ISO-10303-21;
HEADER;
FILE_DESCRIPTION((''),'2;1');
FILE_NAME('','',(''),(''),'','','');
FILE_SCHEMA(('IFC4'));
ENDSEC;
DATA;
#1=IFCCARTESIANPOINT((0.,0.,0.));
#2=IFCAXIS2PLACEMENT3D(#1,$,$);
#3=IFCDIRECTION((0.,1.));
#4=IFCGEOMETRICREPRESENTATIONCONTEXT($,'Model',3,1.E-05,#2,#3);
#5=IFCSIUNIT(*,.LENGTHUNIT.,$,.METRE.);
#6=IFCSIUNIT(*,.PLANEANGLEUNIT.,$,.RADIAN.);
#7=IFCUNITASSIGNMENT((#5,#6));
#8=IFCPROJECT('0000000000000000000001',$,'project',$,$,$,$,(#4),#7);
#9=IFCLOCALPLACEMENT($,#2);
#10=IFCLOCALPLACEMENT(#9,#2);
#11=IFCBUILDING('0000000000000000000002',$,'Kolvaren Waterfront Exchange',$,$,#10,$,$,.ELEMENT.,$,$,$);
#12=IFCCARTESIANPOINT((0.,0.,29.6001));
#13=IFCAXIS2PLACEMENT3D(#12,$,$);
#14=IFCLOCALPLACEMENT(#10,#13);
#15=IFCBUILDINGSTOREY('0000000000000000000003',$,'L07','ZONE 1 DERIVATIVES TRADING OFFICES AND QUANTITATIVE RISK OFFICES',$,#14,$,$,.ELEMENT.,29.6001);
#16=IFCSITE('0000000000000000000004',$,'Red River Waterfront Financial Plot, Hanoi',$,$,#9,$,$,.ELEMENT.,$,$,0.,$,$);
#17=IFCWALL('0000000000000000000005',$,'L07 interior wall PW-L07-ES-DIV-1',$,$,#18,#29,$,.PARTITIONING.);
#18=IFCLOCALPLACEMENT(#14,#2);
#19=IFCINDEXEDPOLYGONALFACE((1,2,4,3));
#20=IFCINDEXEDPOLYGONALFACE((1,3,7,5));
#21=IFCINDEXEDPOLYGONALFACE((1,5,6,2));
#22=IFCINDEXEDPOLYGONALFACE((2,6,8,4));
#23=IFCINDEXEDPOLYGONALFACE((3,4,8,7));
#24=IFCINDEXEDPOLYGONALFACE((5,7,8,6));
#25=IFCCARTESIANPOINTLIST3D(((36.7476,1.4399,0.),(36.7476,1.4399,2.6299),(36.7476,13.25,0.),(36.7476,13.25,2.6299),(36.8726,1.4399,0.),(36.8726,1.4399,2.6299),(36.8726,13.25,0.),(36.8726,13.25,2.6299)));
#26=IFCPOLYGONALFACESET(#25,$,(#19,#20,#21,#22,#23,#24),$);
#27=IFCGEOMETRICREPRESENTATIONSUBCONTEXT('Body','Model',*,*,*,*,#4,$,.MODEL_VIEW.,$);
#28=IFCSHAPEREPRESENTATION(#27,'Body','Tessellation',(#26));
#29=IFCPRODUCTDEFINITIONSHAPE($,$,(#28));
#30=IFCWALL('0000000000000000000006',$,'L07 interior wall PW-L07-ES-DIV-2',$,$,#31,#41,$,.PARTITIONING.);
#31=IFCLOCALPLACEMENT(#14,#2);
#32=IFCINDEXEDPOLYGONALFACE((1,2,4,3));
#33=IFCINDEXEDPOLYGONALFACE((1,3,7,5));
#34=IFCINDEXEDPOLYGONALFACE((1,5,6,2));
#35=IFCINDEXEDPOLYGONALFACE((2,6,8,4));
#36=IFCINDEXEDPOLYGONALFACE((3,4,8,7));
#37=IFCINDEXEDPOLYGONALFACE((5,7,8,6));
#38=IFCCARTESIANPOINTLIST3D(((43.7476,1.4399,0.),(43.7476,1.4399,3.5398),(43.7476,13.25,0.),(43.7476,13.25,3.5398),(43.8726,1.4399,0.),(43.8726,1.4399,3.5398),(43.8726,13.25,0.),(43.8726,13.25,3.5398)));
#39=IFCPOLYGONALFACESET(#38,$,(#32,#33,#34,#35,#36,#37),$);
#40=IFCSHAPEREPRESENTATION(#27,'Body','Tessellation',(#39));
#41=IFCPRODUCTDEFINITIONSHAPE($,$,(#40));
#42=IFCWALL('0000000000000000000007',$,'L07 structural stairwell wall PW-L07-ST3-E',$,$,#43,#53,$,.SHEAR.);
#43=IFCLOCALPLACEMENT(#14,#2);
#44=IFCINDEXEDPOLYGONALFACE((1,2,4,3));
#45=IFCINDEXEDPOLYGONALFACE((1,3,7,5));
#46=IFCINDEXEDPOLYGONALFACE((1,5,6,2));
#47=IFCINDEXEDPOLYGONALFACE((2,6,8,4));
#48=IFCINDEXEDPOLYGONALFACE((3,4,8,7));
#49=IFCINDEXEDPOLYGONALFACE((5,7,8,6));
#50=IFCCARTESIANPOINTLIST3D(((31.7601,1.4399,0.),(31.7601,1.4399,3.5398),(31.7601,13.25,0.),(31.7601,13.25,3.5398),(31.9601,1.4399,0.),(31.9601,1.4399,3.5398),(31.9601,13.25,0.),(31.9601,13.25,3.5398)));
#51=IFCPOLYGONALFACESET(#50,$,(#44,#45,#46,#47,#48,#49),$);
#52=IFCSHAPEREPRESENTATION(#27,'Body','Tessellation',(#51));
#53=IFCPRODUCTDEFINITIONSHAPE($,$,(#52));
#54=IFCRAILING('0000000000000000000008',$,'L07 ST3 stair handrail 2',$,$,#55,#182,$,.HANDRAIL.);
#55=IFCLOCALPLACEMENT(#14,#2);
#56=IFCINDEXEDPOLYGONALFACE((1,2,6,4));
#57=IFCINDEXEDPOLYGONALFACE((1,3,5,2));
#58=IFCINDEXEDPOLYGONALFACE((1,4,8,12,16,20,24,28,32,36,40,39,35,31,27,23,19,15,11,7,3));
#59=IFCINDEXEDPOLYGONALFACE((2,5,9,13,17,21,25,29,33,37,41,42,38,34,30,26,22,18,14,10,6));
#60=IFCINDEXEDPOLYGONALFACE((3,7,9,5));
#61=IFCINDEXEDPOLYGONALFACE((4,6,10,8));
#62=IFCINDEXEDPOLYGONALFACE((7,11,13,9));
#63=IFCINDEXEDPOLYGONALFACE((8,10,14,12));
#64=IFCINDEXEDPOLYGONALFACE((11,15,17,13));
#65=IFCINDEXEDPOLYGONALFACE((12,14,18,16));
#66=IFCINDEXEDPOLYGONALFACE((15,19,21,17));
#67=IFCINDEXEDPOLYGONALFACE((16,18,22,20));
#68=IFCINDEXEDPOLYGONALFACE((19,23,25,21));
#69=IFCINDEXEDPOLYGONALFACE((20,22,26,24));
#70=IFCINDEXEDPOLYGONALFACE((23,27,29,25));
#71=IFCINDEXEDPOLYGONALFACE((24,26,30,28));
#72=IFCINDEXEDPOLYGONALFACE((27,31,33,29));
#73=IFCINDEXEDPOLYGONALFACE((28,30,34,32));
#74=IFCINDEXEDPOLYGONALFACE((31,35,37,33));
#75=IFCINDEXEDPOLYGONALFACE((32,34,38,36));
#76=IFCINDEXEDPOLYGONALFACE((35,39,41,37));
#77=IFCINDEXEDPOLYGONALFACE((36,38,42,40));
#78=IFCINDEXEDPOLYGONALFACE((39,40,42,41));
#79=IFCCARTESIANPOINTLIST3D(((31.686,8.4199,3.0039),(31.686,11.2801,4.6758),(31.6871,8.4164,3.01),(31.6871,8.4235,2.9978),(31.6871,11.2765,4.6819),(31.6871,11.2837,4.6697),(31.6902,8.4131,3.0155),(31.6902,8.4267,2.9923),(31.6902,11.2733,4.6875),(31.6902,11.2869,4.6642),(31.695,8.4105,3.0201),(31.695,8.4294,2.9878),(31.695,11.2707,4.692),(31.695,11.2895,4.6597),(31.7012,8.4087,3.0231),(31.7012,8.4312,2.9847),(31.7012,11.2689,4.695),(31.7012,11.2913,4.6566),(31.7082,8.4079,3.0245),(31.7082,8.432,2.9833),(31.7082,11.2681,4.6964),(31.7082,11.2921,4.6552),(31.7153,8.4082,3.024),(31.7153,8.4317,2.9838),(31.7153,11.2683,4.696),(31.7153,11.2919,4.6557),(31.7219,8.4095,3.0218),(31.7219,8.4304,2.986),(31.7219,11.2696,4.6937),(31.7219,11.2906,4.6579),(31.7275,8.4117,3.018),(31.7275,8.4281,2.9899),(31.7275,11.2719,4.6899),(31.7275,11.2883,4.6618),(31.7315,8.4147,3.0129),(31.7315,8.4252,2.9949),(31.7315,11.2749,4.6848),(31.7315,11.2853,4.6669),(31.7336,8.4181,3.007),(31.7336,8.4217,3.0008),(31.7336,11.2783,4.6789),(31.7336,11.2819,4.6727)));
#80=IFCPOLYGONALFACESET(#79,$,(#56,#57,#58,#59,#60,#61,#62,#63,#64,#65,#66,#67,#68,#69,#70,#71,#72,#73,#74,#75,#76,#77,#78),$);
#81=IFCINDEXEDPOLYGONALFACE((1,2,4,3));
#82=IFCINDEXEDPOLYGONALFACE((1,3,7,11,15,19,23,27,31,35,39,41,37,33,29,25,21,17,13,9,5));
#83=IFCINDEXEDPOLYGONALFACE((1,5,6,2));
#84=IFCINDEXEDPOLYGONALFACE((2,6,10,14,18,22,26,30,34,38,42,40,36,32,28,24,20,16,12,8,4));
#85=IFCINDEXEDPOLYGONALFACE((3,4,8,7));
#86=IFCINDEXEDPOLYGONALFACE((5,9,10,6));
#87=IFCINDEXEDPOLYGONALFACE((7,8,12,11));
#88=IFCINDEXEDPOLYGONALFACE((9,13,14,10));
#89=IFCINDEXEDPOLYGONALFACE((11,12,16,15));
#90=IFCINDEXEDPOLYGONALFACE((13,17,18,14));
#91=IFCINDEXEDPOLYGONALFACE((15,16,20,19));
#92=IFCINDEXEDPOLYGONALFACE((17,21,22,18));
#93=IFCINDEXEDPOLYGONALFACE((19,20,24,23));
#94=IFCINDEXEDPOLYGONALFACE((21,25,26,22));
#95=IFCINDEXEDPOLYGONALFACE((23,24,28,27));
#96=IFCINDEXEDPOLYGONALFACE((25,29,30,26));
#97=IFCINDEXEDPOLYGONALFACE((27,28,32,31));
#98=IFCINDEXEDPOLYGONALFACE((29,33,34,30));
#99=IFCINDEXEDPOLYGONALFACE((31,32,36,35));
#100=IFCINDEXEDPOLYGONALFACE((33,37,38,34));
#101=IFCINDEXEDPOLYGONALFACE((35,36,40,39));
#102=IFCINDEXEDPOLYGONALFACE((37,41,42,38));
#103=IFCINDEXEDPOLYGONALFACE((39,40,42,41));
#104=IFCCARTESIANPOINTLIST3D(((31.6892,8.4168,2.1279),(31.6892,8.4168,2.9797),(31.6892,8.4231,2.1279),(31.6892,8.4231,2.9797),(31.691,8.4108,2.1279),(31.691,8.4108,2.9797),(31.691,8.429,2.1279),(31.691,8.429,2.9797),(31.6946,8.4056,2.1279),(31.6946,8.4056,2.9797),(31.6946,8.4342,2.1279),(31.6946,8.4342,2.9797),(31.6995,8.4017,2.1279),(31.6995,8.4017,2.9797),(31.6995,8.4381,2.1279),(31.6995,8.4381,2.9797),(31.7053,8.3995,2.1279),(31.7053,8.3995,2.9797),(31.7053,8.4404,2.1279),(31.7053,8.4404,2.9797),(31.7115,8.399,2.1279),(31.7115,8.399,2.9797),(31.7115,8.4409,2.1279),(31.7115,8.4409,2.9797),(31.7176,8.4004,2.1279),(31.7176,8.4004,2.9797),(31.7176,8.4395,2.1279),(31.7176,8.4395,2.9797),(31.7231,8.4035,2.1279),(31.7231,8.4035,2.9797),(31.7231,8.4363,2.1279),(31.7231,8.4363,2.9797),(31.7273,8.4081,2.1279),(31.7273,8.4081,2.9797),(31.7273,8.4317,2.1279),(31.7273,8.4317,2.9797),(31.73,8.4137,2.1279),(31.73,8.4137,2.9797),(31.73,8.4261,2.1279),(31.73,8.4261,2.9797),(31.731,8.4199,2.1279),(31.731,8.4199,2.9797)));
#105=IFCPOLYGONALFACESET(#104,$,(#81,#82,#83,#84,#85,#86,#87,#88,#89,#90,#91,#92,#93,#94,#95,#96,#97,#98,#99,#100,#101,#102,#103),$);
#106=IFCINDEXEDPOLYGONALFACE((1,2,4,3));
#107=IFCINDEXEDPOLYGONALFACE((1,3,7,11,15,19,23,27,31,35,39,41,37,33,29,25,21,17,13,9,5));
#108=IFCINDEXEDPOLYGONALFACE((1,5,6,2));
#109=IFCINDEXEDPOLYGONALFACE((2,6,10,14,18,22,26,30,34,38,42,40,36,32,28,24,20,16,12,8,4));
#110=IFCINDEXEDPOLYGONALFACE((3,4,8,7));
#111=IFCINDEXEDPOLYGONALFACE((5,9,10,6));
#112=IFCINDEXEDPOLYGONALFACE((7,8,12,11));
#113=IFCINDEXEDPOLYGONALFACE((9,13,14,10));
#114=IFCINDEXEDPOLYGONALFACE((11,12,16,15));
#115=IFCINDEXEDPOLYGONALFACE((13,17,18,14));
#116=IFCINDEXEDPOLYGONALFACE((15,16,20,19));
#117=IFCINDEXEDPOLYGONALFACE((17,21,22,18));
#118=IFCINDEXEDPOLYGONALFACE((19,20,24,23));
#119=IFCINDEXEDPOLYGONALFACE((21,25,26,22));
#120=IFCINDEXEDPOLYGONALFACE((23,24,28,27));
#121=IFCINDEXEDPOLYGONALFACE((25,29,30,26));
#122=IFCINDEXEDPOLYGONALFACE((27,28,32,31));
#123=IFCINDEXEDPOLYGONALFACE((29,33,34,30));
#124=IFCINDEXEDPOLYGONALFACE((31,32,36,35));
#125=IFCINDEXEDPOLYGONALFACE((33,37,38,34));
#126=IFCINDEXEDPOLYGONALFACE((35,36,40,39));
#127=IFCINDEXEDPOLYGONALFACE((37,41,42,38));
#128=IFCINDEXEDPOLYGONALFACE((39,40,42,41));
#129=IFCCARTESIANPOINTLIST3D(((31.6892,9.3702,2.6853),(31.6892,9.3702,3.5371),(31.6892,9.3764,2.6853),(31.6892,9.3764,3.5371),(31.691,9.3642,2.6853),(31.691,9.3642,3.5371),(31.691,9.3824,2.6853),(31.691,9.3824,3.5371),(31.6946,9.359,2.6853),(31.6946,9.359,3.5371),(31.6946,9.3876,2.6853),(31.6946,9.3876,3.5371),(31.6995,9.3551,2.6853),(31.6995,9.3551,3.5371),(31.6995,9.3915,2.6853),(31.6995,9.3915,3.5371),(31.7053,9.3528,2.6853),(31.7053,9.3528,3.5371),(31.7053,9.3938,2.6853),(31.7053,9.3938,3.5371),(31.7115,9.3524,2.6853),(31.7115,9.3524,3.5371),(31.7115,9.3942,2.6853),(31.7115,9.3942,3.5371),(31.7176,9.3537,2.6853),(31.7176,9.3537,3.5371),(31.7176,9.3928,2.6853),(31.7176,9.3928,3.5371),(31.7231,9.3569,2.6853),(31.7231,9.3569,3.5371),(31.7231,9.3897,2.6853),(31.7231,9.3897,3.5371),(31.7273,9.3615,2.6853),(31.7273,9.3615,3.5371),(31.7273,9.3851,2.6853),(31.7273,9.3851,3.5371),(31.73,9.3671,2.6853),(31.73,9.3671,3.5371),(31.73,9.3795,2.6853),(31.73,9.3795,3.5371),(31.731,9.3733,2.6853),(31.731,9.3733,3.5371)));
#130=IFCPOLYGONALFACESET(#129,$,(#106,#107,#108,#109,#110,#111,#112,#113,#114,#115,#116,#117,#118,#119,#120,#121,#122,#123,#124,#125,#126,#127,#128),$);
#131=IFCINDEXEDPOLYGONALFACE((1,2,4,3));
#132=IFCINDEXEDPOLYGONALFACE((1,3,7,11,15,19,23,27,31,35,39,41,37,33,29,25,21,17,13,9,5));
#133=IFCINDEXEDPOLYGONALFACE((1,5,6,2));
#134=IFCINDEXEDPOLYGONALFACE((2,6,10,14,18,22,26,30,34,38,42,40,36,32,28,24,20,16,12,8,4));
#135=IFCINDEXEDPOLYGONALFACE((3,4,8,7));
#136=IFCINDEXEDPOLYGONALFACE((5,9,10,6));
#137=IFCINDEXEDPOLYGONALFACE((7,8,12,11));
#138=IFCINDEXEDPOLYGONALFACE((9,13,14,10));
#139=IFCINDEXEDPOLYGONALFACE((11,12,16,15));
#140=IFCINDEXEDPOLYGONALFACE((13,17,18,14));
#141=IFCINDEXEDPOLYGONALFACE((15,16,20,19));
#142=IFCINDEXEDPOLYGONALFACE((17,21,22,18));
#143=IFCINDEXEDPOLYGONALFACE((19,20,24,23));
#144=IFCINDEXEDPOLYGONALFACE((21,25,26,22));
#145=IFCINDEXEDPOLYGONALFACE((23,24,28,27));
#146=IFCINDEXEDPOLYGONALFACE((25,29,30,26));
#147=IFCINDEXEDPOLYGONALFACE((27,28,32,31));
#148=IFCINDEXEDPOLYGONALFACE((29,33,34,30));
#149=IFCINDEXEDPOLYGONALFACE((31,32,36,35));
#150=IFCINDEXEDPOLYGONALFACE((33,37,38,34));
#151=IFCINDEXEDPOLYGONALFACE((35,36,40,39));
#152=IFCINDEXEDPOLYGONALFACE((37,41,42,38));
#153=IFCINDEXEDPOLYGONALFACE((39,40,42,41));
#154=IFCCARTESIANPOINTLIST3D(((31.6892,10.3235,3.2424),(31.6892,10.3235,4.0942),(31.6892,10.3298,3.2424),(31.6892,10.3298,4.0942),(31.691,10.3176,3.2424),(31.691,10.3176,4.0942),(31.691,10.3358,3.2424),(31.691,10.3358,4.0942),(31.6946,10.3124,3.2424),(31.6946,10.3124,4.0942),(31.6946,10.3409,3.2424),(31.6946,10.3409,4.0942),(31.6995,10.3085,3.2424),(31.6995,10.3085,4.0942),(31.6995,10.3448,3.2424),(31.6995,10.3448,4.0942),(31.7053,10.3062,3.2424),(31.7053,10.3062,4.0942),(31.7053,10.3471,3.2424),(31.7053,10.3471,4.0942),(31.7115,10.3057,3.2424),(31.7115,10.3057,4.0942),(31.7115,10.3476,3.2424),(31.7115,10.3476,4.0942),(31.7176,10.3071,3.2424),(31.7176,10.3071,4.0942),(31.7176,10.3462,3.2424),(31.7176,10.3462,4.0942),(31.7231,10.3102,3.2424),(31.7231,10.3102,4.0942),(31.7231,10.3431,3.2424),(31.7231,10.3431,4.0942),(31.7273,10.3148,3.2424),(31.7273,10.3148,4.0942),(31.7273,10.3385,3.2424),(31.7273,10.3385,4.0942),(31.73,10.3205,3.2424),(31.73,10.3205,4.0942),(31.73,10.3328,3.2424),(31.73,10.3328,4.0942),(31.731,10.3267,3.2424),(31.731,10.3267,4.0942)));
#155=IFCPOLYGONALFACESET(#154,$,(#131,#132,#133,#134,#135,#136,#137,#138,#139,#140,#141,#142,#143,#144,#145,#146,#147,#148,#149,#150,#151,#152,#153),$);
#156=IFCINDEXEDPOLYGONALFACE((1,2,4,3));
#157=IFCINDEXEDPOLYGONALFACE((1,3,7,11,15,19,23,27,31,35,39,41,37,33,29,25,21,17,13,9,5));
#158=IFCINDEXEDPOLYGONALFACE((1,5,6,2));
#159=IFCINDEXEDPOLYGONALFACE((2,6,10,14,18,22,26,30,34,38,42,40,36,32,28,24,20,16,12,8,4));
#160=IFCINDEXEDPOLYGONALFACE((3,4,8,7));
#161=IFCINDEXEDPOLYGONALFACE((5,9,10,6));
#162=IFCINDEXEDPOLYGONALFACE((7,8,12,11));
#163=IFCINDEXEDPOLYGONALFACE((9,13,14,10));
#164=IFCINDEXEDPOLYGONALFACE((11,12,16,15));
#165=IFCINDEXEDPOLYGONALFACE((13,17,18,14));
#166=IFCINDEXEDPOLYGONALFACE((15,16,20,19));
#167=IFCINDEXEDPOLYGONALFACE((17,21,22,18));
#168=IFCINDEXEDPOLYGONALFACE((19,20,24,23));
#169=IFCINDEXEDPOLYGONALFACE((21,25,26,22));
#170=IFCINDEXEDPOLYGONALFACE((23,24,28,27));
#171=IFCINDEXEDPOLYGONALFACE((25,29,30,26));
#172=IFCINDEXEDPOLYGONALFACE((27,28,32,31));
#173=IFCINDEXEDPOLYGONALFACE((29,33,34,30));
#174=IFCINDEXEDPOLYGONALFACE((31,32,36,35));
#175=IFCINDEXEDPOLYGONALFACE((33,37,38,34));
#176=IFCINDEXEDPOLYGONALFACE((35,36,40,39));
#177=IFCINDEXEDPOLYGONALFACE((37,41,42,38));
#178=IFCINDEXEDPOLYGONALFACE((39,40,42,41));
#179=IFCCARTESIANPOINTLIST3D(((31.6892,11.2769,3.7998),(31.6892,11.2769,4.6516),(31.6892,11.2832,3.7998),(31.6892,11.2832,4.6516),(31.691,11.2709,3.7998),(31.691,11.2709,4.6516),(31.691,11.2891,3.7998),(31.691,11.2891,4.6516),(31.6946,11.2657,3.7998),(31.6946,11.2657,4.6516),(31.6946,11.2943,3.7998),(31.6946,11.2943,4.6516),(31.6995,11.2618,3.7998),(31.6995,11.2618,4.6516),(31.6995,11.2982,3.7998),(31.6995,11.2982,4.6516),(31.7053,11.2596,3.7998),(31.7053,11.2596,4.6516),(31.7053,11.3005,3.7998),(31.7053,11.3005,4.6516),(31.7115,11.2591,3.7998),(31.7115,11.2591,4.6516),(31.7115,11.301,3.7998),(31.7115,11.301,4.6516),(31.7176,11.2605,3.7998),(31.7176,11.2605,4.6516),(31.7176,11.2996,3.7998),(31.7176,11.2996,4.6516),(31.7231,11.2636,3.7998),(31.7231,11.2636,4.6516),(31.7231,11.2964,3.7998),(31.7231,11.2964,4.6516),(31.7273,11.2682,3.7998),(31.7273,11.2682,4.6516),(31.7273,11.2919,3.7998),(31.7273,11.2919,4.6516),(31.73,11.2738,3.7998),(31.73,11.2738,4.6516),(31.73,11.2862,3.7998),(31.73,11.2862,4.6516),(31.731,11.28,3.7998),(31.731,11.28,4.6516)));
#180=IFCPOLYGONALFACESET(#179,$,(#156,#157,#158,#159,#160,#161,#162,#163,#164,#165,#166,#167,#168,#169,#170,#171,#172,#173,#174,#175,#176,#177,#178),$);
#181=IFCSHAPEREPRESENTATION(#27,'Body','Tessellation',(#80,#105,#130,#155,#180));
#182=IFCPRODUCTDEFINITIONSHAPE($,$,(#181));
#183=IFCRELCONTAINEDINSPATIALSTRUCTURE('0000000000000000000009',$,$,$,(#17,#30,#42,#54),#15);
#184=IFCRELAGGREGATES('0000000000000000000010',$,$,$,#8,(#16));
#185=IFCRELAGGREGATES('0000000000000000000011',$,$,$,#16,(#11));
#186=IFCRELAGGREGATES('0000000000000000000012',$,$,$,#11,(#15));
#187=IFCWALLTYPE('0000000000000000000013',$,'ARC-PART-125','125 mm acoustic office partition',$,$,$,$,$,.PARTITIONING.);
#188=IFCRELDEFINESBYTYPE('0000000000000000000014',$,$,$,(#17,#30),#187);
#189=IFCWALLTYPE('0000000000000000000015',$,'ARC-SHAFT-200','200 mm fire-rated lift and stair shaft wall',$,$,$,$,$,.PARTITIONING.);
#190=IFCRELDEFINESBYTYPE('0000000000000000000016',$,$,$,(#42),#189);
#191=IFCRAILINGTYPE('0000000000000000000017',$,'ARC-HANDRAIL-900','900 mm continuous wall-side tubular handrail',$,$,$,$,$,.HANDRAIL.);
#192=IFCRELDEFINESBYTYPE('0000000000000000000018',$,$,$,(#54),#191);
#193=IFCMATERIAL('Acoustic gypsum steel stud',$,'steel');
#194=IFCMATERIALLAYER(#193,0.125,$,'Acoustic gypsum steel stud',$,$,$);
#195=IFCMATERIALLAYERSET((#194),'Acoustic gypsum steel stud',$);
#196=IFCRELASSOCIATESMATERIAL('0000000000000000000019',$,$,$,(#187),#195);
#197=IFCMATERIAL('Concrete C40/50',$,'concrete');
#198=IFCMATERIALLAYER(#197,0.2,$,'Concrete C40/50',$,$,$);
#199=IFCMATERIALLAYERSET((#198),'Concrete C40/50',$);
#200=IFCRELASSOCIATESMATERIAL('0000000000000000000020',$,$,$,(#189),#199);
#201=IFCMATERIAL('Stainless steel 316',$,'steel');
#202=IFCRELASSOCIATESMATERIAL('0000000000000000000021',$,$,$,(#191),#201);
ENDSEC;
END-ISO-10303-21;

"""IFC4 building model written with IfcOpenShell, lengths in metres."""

from ifc_helpers import new_model, si_unit, direction, frame, frame_2d, origin, origin_2d, place, context, subcontext, project, spatial, rectangle, circle, extrude, material, layer, layer_set, type_object, element, save


model = new_model("IFC4")

# Units and contexts
model_context = context("Model", 3, precision=1e-05, world=origin(), true_north=direction((0.0, 1.0)))
body_context = subcontext(model_context, "Body", "Model", "MODEL_VIEW")
ifc_project = project(units=[si_unit("LENGTHUNIT", "METRE"), si_unit("PLANEANGLEUNIT", "RADIAN")], contexts=[model_context])

# Site, building, storey
site_placement = place(None, origin())
site = spatial("IfcSite", under=ifc_project, at=site_placement, Name="Red River Waterfront Financial Plot, Hanoi", CompositionType="ELEMENT", RefElevation=0.0)
building_placement = place(site_placement, origin())
building = spatial("IfcBuilding", under=site, at=building_placement, Name="Kolvaren Waterfront Exchange", CompositionType="ELEMENT")
storey_placement = place(building_placement, frame((0.0, 0.0, 29.6001)))
storey = spatial("IfcBuildingStorey", under=building, at=storey_placement, Name="L07", Description="ZONE 1 DERIVATIVES TRADING OFFICES AND QUANTITATIVE RISK OFFICES", CompositionType="ELEMENT", Elevation=29.6001)

# Shared definitions
ifc_material_1 = material(Name="Acoustic gypsum steel stud", Category="steel")
ifc_layer_1 = layer(ifc_material_1, 0.125, Name="Acoustic gypsum steel stud")
ifc_layer_set_1 = layer_set([ifc_layer_1], Name="Acoustic gypsum steel stud")
wall_type_1 = type_object("IfcWallType", Name="ARC-PART-125", Description="125 mm acoustic office partition", PredefinedType="PARTITIONING", material=ifc_layer_set_1)

# Walls
wall_1_placement = place(storey_placement, frame((36.8101, 1.4399, 0.0), z_axis=(0.0, 0.0, 1.0), x_axis=(0.0, 1.0, 0.0)))
element("IfcWall", 1, at=wall_1_placement, inside=storey, type_object=wall_type_1, Name="L07 interior wall PW-L07-ES-DIV-1", PredefinedType="PARTITIONING", context=body_context, shape_type="SweptSolid", body=[
    extrude(rectangle(XDim=11.8101, YDim=0.125, at=frame_2d((5.905, 0.0))), origin(), (0.0, 0.0, 1.0), 2.6299),
])
wall_2_placement = place(storey_placement, frame((43.8101, 1.4399, 0.0), z_axis=(0.0, 0.0, 1.0), x_axis=(0.0, 1.0, 0.0)))
element("IfcWall", 2, at=wall_2_placement, inside=storey, type_object=wall_type_1, Name="L07 interior wall PW-L07-ES-DIV-2", PredefinedType="PARTITIONING", context=body_context, shape_type="SweptSolid", body=[
    extrude(rectangle(XDim=11.8101, YDim=0.125, at=frame_2d((5.905, 0.0))), origin(), (0.0, 0.0, 1.0), 3.5398),
])
ifc_material_2 = material(Name="Concrete C40/50", Category="concrete")
ifc_layer_2 = layer(ifc_material_2, 0.2, Name="Concrete C40/50")
ifc_layer_set_2 = layer_set([ifc_layer_2], Name="Concrete C40/50")
wall_type_2 = type_object("IfcWallType", Name="ARC-SHAFT-200", Description="200 mm fire-rated lift and stair shaft wall", PredefinedType="PARTITIONING", material=ifc_layer_set_2)
wall_3_placement = place(storey_placement, frame((31.8601, 1.4399, 0.0), z_axis=(0.0, 0.0, 1.0), x_axis=(0.0, 1.0, 0.0)))
element("IfcWall", 3, at=wall_3_placement, inside=storey, type_object=wall_type_2, Name="L07 structural stairwell wall PW-L07-ST3-E", PredefinedType="SHEAR", context=body_context, shape_type="SweptSolid", body=[
    extrude(rectangle(XDim=11.8101, YDim=0.2, at=frame_2d((5.905, 0.0))), origin(), (0.0, 0.0, 1.0), 3.5398),
])

# Railing
ifc_material_3 = material(Name="Stainless steel 316", Category="steel")
railing_type = type_object("IfcRailingType", Name="ARC-HANDRAIL-900", Description="900 mm continuous wall-side tubular handrail", PredefinedType="HANDRAIL", material=ifc_material_3)
railing_placement = place(storey_placement, frame((31.71, 8.4199, 2.1279)))
element("IfcRailing", 4, at=railing_placement, inside=storey, type_object=railing_type, Name="L07 ST3 stair handrail 2", PredefinedType="HANDRAIL", context=body_context, shape_type="SweptSolid", body=[
    extrude(circle(Radius=0.0239, at=origin_2d()), frame((0.0, 0.0, 0.876), z_axis=(0.0, 0.863321, 0.504654), x_axis=(-1.0, 0.0, 0.0)), (0.0, 0.0, 1.0), 3.313),
    extrude(circle(Radius=0.021, at=origin_2d()), origin(), (0.0, 0.0, 1.0), 0.8518),
    extrude(circle(Radius=0.021, at=origin_2d()), frame((0.0, 0.9534, 0.5574)), (0.0, 0.0, 1.0), 0.8518),
    extrude(circle(Radius=0.021, at=origin_2d()), frame((0.0, 1.9067, 1.1145)), (0.0, 0.0, 1.0), 0.8518),
    extrude(circle(Radius=0.021, at=origin_2d()), frame((0.0, 2.8601, 1.6719)), (0.0, 0.0, 1.0), 0.8518),
])

save(model, "model.ifc")
